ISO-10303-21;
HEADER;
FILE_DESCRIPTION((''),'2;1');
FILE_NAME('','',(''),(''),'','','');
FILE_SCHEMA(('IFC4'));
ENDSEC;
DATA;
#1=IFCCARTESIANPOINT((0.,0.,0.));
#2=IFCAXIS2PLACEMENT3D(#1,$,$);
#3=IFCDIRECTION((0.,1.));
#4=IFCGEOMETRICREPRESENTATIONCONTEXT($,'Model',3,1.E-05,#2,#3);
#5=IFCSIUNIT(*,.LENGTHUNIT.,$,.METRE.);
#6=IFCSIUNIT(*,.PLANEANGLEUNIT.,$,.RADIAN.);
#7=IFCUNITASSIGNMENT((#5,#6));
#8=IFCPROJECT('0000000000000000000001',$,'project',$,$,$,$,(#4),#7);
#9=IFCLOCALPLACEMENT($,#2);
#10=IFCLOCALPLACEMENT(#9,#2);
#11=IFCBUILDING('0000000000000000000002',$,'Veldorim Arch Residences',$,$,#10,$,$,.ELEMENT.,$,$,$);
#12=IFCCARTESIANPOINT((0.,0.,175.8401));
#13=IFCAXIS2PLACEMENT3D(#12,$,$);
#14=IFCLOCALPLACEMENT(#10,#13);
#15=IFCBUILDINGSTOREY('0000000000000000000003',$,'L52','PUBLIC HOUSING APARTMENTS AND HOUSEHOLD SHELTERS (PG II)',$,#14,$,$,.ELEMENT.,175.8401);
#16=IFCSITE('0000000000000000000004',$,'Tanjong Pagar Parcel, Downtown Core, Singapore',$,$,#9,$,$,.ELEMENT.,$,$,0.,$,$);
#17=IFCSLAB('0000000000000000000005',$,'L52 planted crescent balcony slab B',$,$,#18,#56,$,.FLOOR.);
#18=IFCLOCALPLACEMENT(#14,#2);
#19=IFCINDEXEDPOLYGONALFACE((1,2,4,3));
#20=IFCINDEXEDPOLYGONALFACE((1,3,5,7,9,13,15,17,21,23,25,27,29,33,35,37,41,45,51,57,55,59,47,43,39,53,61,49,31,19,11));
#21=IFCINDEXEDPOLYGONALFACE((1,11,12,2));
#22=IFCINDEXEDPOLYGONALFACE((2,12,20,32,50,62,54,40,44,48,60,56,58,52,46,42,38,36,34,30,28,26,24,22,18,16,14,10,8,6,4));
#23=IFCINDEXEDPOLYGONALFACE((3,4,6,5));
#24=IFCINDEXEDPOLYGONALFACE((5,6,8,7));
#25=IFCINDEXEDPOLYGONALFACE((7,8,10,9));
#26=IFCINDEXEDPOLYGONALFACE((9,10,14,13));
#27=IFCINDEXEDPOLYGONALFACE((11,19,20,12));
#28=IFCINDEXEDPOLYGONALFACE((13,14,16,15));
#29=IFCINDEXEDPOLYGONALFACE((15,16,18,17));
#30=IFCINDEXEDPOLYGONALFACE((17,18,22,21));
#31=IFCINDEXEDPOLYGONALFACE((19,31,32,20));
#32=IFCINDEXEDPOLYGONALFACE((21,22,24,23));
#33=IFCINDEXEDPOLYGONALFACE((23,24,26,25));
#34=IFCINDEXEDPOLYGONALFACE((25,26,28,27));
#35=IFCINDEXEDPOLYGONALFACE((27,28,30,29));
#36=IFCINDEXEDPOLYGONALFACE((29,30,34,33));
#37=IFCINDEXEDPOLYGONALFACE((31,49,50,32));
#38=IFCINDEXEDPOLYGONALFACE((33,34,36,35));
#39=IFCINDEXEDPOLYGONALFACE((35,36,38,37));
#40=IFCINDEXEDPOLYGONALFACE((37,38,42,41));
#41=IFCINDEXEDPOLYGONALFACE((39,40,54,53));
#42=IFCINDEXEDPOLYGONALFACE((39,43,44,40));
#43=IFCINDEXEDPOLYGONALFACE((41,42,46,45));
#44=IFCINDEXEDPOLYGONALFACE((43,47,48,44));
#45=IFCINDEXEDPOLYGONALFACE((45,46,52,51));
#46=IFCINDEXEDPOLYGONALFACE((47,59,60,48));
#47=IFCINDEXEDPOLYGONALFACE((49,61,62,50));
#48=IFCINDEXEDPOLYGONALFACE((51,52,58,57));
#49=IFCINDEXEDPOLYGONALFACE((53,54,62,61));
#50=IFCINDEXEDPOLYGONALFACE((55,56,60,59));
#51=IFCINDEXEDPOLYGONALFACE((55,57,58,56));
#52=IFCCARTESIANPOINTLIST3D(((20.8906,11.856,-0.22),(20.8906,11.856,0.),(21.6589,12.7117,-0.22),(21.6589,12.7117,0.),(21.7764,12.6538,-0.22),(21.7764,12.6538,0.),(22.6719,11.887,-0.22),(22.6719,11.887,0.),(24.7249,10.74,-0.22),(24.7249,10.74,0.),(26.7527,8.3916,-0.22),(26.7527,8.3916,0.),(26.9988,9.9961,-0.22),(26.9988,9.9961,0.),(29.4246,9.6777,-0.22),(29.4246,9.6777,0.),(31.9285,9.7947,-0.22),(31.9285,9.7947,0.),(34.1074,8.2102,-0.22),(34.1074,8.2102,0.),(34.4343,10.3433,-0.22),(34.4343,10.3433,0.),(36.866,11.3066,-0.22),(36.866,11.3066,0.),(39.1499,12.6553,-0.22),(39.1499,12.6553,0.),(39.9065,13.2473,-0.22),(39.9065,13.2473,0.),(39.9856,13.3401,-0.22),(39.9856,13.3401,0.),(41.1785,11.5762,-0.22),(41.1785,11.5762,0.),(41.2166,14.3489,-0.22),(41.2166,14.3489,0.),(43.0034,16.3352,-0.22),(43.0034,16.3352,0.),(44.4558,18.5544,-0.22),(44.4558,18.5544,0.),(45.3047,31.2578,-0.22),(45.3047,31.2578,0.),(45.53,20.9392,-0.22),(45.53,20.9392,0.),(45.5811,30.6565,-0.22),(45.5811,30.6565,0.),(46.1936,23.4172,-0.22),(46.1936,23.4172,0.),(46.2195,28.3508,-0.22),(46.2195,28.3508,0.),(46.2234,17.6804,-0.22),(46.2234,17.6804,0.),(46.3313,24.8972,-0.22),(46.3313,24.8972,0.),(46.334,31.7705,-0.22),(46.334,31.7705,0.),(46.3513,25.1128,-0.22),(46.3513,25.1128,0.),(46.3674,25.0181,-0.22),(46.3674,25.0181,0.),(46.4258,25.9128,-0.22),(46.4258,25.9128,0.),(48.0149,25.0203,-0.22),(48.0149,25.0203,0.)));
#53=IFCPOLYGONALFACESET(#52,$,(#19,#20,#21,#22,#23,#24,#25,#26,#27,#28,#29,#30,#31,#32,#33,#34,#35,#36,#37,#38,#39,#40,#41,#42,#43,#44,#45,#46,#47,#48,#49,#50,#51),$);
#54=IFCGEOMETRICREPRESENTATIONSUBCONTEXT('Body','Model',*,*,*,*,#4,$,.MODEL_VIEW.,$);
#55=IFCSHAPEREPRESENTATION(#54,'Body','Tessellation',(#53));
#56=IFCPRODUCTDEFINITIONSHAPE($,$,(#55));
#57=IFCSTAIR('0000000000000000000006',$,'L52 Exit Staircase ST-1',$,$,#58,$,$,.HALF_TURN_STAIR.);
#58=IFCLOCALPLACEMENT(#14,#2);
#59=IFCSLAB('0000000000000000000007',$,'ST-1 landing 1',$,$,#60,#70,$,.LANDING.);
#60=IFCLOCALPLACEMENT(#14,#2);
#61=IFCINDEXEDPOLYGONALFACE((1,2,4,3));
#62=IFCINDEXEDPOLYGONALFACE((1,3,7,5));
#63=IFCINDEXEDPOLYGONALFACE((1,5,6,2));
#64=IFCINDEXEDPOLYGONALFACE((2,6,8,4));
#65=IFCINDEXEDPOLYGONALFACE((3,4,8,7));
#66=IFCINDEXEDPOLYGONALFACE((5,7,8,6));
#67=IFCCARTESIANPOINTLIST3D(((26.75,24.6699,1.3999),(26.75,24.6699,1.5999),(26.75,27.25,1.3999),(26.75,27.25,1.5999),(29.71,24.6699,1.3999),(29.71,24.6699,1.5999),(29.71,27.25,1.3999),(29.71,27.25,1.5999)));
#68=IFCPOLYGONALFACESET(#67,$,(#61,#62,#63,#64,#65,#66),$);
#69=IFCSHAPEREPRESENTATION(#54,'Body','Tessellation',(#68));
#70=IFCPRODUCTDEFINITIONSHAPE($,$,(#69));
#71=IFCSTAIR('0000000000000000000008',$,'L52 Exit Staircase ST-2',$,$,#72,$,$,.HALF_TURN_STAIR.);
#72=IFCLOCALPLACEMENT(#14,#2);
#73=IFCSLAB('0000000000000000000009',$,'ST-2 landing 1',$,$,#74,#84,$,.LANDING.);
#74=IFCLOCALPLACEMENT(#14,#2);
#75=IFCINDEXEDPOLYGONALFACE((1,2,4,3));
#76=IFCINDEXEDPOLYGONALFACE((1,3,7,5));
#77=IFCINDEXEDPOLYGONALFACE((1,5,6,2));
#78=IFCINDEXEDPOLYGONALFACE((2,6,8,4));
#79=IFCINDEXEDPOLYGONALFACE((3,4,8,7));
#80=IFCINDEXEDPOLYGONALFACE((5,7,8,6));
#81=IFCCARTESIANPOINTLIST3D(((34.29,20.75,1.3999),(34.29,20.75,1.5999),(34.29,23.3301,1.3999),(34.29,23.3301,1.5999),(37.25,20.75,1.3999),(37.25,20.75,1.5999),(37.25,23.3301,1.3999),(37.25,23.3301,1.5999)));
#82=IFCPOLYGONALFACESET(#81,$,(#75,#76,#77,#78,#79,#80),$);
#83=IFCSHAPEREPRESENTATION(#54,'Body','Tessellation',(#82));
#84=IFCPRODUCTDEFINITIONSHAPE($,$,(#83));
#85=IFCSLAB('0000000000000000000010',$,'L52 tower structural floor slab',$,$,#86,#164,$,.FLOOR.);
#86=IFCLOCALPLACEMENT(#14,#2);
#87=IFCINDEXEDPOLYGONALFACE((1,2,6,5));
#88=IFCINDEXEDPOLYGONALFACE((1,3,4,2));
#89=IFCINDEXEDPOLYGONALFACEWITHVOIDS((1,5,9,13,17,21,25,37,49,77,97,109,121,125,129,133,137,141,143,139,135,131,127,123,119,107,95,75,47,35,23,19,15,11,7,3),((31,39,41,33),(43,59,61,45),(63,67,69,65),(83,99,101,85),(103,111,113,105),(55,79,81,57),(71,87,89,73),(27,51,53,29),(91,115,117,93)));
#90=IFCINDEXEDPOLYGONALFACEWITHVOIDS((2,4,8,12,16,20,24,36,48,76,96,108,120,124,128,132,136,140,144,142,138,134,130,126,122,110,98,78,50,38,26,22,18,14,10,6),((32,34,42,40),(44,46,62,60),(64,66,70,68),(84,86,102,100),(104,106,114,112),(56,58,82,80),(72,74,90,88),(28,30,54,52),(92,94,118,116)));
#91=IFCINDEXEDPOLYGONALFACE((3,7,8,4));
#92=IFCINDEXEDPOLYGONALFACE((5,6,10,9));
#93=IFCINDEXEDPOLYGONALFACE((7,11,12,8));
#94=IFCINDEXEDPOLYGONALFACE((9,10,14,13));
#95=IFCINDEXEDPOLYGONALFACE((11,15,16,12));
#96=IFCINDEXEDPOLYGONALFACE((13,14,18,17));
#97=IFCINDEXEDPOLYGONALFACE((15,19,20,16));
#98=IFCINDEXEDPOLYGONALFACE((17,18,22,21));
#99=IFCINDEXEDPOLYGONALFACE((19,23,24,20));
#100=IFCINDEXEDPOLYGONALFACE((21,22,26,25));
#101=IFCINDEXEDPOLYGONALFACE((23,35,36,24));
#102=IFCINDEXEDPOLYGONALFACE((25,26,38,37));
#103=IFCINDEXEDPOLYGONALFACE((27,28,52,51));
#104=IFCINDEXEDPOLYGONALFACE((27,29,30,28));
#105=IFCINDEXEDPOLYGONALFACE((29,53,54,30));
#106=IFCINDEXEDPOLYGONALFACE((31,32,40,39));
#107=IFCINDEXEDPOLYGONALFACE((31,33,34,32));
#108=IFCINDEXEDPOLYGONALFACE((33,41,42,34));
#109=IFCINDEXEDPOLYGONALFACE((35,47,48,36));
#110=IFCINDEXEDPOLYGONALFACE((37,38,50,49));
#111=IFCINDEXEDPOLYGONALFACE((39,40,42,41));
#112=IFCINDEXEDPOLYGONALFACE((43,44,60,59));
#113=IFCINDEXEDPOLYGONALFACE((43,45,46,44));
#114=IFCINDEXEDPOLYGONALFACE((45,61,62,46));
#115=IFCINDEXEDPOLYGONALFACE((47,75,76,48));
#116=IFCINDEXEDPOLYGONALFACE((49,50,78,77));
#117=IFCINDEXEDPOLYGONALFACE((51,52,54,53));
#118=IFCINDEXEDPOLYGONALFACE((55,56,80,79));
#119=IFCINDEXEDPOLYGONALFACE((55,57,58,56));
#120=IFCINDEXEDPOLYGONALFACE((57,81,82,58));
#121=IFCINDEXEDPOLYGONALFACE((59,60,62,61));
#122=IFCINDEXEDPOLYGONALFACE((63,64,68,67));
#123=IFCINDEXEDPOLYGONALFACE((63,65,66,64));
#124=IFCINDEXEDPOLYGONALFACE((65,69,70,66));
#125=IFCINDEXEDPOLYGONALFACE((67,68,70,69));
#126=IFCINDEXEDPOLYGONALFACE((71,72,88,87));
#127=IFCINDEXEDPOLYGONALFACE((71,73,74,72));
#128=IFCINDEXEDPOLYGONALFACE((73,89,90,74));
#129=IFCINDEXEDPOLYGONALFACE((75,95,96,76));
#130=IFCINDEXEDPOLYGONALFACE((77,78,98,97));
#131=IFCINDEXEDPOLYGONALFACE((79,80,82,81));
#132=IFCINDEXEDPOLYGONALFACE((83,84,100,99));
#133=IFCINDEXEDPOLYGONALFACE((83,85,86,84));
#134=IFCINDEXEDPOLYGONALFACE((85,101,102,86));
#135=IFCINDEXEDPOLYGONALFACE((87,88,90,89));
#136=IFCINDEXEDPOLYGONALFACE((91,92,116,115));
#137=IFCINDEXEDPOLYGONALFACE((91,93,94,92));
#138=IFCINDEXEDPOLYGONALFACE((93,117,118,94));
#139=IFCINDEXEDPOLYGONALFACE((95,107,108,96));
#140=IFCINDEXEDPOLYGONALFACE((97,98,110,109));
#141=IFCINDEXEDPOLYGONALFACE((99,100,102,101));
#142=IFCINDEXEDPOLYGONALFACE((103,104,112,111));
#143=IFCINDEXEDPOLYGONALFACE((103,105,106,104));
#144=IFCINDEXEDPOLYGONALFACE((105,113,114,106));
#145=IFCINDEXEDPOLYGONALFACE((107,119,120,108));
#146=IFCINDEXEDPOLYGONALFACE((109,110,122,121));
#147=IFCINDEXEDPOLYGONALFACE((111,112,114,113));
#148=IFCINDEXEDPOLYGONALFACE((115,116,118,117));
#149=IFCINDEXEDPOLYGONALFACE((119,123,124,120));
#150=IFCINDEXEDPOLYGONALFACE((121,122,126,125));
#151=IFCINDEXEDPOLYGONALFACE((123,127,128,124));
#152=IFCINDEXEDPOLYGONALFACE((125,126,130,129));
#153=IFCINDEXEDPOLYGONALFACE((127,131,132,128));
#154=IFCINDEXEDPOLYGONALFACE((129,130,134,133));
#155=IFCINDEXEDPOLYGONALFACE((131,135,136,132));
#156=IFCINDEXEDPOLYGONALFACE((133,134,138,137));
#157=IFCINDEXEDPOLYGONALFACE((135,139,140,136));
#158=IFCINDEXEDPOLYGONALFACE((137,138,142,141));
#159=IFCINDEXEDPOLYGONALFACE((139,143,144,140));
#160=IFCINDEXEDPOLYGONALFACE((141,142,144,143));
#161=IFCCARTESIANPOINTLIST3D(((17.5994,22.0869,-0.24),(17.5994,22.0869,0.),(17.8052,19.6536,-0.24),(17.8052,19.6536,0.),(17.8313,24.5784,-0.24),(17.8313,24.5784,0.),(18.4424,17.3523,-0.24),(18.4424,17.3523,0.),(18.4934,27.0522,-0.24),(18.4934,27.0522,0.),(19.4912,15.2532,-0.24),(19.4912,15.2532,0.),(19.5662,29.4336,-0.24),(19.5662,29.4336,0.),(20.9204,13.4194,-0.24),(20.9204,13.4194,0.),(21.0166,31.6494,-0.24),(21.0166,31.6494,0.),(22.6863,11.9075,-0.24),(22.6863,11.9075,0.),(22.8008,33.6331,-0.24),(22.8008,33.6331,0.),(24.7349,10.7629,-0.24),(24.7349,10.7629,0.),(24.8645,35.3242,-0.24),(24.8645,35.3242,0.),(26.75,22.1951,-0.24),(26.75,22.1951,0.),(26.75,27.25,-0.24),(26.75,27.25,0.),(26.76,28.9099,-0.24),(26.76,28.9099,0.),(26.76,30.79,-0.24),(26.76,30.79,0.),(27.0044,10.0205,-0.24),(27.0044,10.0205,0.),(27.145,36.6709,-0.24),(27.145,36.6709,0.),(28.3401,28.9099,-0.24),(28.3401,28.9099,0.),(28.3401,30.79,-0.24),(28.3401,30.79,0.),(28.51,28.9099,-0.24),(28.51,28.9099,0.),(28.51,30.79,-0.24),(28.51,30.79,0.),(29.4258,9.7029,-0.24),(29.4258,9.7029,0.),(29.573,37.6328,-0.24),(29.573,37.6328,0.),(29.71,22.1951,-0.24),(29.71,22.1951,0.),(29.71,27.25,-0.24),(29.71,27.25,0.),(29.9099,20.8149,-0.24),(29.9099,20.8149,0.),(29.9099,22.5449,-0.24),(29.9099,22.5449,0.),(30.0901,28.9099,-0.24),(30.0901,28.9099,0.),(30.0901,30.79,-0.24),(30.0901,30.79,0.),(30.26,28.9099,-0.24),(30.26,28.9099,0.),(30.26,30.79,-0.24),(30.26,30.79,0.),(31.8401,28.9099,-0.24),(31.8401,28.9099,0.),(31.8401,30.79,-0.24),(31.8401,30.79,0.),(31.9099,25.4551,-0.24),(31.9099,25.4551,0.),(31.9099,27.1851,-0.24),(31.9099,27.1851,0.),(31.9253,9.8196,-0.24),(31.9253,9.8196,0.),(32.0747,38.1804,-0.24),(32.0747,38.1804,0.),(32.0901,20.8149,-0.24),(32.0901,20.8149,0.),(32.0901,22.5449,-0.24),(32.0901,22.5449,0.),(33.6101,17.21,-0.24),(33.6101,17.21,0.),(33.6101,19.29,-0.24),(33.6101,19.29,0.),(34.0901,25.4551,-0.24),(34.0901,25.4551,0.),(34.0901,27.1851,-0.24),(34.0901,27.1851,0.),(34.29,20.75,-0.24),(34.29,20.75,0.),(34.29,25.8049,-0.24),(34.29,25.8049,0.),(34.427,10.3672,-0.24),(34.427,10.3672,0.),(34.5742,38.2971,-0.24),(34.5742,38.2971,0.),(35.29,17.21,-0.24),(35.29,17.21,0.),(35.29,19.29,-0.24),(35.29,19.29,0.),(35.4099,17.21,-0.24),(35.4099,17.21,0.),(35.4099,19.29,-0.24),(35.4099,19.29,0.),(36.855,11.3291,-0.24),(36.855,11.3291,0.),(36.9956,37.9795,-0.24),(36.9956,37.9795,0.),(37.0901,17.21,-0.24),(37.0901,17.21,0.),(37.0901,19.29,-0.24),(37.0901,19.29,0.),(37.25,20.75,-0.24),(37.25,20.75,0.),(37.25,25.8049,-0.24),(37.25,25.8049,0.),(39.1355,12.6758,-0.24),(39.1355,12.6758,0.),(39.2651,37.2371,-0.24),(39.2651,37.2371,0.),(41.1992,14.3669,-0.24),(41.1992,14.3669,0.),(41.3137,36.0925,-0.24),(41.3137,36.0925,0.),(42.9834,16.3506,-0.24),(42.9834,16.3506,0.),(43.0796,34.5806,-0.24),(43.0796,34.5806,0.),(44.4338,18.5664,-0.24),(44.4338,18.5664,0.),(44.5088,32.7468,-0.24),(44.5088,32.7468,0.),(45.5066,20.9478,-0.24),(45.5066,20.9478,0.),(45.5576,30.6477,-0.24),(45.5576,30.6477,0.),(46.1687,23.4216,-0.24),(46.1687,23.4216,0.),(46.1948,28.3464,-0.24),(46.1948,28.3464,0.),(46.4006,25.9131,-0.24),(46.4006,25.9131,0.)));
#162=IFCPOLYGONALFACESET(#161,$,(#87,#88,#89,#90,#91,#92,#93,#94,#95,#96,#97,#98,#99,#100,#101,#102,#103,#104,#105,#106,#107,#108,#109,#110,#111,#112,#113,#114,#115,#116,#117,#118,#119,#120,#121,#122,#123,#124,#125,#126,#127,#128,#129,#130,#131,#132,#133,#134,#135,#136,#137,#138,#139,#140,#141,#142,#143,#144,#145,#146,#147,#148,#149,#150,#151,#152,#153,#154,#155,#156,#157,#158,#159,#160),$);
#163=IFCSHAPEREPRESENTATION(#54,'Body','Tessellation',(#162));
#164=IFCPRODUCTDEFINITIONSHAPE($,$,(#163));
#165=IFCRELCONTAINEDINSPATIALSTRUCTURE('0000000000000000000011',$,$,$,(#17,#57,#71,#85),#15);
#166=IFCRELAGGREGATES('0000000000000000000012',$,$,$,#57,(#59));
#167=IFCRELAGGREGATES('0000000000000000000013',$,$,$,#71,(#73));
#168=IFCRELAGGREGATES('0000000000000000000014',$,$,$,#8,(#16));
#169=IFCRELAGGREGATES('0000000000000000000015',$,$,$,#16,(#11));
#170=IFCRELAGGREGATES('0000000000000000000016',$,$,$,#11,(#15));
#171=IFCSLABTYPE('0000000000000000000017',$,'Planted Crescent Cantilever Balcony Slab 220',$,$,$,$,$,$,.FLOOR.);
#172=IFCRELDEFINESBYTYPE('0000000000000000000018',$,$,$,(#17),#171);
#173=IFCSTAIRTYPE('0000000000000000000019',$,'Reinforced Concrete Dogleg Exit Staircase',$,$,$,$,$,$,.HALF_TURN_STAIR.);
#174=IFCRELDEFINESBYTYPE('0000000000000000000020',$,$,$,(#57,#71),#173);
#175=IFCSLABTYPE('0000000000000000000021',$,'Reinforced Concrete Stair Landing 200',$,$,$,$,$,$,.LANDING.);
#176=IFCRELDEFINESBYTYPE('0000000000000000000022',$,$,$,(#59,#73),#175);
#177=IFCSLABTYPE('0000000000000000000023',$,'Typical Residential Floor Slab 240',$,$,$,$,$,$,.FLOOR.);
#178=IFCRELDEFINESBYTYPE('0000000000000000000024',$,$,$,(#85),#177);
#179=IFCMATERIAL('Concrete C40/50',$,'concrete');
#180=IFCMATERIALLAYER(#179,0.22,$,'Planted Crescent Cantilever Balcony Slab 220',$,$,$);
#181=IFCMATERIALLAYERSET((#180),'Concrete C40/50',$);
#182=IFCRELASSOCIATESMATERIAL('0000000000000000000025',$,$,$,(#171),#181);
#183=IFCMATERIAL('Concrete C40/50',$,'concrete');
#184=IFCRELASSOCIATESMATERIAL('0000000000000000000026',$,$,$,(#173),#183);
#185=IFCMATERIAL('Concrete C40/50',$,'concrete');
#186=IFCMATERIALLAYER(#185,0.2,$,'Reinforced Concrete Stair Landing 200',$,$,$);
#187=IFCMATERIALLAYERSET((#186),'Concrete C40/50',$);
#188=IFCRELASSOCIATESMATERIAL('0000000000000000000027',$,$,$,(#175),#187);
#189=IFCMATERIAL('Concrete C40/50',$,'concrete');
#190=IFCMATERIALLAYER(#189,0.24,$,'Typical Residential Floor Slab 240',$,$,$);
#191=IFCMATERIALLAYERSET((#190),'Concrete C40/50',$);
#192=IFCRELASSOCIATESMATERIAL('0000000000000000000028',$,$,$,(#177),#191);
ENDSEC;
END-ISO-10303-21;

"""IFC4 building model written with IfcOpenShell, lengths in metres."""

from ifc_helpers import new_model, si_unit, direction, frame, origin, place, context, subcontext, project, spatial, polyline, outline, extrude, material, layer, layer_set, type_object, element, aggregate, save


model = new_model("IFC4")

# Units and contexts
model_context = context("Model", 3, precision=1e-05, world=origin(), true_north=direction((0.0, 1.0)))
body_context = subcontext(model_context, "Body", "Model", "MODEL_VIEW")
ifc_project = project(units=[si_unit("LENGTHUNIT", "METRE"), si_unit("PLANEANGLEUNIT", "RADIAN")], contexts=[model_context])

# Site, building, storey
site_placement = place(None, origin())
site = spatial("IfcSite", under=ifc_project, at=site_placement, Name="Tanjong Pagar Parcel, Downtown Core, Singapore", CompositionType="ELEMENT", RefElevation=0.0)
building_placement = place(site_placement, origin())
building = spatial("IfcBuilding", under=site, at=building_placement, Name="Veldorim Arch Residences", CompositionType="ELEMENT")
storey_placement = place(building_placement, frame((0.0, 0.0, 175.8401)))
storey = spatial("IfcBuildingStorey", under=building, at=storey_placement, Name="L52", Description="PUBLIC HOUSING APARTMENTS AND HOUSEHOLD SHELTERS (PG II)", CompositionType="ELEMENT", Elevation=175.8401)

# Slab
ifc_material_1 = material(Name="Concrete C40/50", Category="concrete")
ifc_layer_1 = layer(ifc_material_1, 0.22, Name="Planted Crescent Cantilever Balcony Slab 220")
ifc_layer_set_1 = layer_set([ifc_layer_1], Name="Concrete C40/50")
slab_type_1 = type_object("IfcSlabType", Name="Planted Crescent Cantilever Balcony Slab 220", PredefinedType="FLOOR", material=ifc_layer_set_1)
slab_1_placement = place(storey_placement, frame((0.0, 0.0, -0.22)))
element("IfcSlab", 1, at=slab_1_placement, inside=storey, type_object=slab_type_1, Name="L52 planted crescent balcony slab B", PredefinedType="FLOOR", context=body_context, shape_type="SweptSolid", body=[
    extrude(outline(polyline([(21.7764, 12.6538), (22.6719, 11.887), (24.7249, 10.74), (26.9988, 9.9961), (29.4246, 9.6777), (31.9285, 9.7947), (34.4343, 10.3433), (36.866, 11.3066), (39.1499, 12.6553), (39.9065, 13.2473), (39.9856, 13.3401), (41.2166, 14.3489), (43.0034, 16.3352), (44.4558, 18.5544), (45.53, 20.9392), (46.1936, 23.4172), (46.3313, 24.8972), (46.3674, 25.0181), (46.3513, 25.1128), (46.4258, 25.9128), (46.2195, 28.3508), (45.5811, 30.6565), (45.3047, 31.2578), (46.334, 31.7705), (48.0149, 25.0203), (46.2234, 17.6804), (41.1785, 11.5762), (34.1074, 8.2102), (26.7527, 8.3916), (20.8906, 11.856), (21.6589, 12.7117), (21.7764, 12.6538)])), origin(), (0.0, 0.0, 1.0), 0.22),
])

# Stairs, slabs
ifc_material_2 = material(Name="Concrete C40/50", Category="concrete")
stair_type = type_object("IfcStairType", Name="Reinforced Concrete Dogleg Exit Staircase", PredefinedType="HALF_TURN_STAIR", material=ifc_material_2)
stair_1_placement = place(storey_placement, origin())
stair_1 = element("IfcStair", 2, at=stair_1_placement, inside=storey, type_object=stair_type, Name="L52 Exit Staircase ST-1", PredefinedType="HALF_TURN_STAIR")
ifc_material_3 = material(Name="Concrete C40/50", Category="concrete")
ifc_layer_2 = layer(ifc_material_3, 0.2, Name="Reinforced Concrete Stair Landing 200")
ifc_layer_set_2 = layer_set([ifc_layer_2], Name="Concrete C40/50")
slab_type_2 = type_object("IfcSlabType", Name="Reinforced Concrete Stair Landing 200", PredefinedType="LANDING", material=ifc_layer_set_2)
slab_2_placement = place(storey_placement, frame((0.0, 0.0, 1.3999)))
slab_2 = element("IfcSlab", 3, at=slab_2_placement, type_object=slab_type_2, Name="ST-1 landing 1", PredefinedType="LANDING", context=body_context, shape_type="SweptSolid", body=[
    extrude(outline(polyline([(29.71, 24.6699), (29.71, 27.25), (26.75, 27.25), (26.75, 24.6699), (29.71, 24.6699)])), origin(), (0.0, 0.0, 1.0), 0.2),
])
aggregate(stair_1, [slab_2])
stair_2_placement = place(storey_placement, origin())
stair_2 = element("IfcStair", 4, at=stair_2_placement, inside=storey, type_object=stair_type, Name="L52 Exit Staircase ST-2", PredefinedType="HALF_TURN_STAIR")
slab_3_placement = place(storey_placement, frame((0.0, 0.0, 1.3999)))
slab_3 = element("IfcSlab", 5, at=slab_3_placement, type_object=slab_type_2, Name="ST-2 landing 1", PredefinedType="LANDING", context=body_context, shape_type="SweptSolid", body=[
    extrude(outline(polyline([(34.29, 23.3301), (34.29, 20.75), (37.25, 20.75), (37.25, 23.3301), (34.29, 23.3301)])), origin(), (0.0, 0.0, 1.0), 0.2),
])
aggregate(stair_2, [slab_3])

# Slab
ifc_material_4 = material(Name="Concrete C40/50", Category="concrete")
ifc_layer_3 = layer(ifc_material_4, 0.24, Name="Typical Residential Floor Slab 240")
ifc_layer_set_3 = layer_set([ifc_layer_3], Name="Concrete C40/50")
slab_type_3 = type_object("IfcSlabType", Name="Typical Residential Floor Slab 240", PredefinedType="FLOOR", material=ifc_layer_set_3)
slab_4_placement = place(storey_placement, frame((0.0, 0.0, -0.24)))
element("IfcSlab", 6, at=slab_4_placement, inside=storey, type_object=slab_type_3, Name="L52 tower structural floor slab", PredefinedType="FLOOR", context=body_context, shape_type="SweptSolid", body=[
    extrude(outline(polyline([(43.0796, 34.5806), (41.3137, 36.0925), (39.2651, 37.2371), (36.9956, 37.9795), (34.5742, 38.2971), (32.0747, 38.1804), (29.573, 37.6328), (27.145, 36.6709), (24.8645, 35.3242), (22.8008, 33.6331), (21.0166, 31.6494), (19.5662, 29.4336), (18.4934, 27.0522), (17.8313, 24.5784), (17.5994, 22.0869), (17.8052, 19.6536), (18.4424, 17.3523), (19.4912, 15.2532), (20.9204, 13.4194), (22.6863, 11.9075), (24.7349, 10.7629), (27.0044, 10.0205), (29.4258, 9.7029), (31.9253, 9.8196), (34.427, 10.3672), (36.855, 11.3291), (39.1355, 12.6758), (41.1992, 14.3669), (42.9834, 16.3506), (44.4338, 18.5664), (45.5066, 20.9478), (46.1687, 23.4216), (46.4006, 25.9131), (46.1948, 28.3464), (45.5576, 30.6477), (44.5088, 32.7468), (43.0796, 34.5806)]), holes=[polyline([(33.6101, 17.21), (33.6101, 19.29), (35.29, 19.29), (35.29, 17.21), (33.6101, 17.21)]), polyline([(35.4099, 17.21), (35.4099, 19.29), (37.0901, 19.29), (37.0901, 17.21), (35.4099, 17.21)]), polyline([(29.9099, 20.8149), (29.9099, 22.5449), (32.0901, 22.5449), (32.0901, 20.8149), (29.9099, 20.8149)]), polyline([(34.29, 20.75), (34.29, 25.8049), (37.25, 25.8049), (37.25, 20.75), (34.29, 20.75)]), polyline([(26.75, 22.1951), (26.75, 27.25), (29.71, 27.25), (29.71, 22.1951), (26.75, 22.1951)]), polyline([(31.9099, 25.4551), (31.9099, 27.1851), (34.0901, 27.1851), (34.0901, 25.4551), (31.9099, 25.4551)]), polyline([(26.76, 28.9099), (26.76, 30.79), (28.3401, 30.79), (28.3401, 28.9099), (26.76, 28.9099)]), polyline([(28.51, 30.79), (30.0901, 30.79), (30.0901, 28.9099), (28.51, 28.9099), (28.51, 30.79)]), polyline([(30.26, 30.79), (31.8401, 30.79), (31.8401, 28.9099), (30.26, 28.9099), (30.26, 30.79)])]), origin(), (0.0, 0.0, 1.0), 0.24),
])

save(model, "model.ifc")
